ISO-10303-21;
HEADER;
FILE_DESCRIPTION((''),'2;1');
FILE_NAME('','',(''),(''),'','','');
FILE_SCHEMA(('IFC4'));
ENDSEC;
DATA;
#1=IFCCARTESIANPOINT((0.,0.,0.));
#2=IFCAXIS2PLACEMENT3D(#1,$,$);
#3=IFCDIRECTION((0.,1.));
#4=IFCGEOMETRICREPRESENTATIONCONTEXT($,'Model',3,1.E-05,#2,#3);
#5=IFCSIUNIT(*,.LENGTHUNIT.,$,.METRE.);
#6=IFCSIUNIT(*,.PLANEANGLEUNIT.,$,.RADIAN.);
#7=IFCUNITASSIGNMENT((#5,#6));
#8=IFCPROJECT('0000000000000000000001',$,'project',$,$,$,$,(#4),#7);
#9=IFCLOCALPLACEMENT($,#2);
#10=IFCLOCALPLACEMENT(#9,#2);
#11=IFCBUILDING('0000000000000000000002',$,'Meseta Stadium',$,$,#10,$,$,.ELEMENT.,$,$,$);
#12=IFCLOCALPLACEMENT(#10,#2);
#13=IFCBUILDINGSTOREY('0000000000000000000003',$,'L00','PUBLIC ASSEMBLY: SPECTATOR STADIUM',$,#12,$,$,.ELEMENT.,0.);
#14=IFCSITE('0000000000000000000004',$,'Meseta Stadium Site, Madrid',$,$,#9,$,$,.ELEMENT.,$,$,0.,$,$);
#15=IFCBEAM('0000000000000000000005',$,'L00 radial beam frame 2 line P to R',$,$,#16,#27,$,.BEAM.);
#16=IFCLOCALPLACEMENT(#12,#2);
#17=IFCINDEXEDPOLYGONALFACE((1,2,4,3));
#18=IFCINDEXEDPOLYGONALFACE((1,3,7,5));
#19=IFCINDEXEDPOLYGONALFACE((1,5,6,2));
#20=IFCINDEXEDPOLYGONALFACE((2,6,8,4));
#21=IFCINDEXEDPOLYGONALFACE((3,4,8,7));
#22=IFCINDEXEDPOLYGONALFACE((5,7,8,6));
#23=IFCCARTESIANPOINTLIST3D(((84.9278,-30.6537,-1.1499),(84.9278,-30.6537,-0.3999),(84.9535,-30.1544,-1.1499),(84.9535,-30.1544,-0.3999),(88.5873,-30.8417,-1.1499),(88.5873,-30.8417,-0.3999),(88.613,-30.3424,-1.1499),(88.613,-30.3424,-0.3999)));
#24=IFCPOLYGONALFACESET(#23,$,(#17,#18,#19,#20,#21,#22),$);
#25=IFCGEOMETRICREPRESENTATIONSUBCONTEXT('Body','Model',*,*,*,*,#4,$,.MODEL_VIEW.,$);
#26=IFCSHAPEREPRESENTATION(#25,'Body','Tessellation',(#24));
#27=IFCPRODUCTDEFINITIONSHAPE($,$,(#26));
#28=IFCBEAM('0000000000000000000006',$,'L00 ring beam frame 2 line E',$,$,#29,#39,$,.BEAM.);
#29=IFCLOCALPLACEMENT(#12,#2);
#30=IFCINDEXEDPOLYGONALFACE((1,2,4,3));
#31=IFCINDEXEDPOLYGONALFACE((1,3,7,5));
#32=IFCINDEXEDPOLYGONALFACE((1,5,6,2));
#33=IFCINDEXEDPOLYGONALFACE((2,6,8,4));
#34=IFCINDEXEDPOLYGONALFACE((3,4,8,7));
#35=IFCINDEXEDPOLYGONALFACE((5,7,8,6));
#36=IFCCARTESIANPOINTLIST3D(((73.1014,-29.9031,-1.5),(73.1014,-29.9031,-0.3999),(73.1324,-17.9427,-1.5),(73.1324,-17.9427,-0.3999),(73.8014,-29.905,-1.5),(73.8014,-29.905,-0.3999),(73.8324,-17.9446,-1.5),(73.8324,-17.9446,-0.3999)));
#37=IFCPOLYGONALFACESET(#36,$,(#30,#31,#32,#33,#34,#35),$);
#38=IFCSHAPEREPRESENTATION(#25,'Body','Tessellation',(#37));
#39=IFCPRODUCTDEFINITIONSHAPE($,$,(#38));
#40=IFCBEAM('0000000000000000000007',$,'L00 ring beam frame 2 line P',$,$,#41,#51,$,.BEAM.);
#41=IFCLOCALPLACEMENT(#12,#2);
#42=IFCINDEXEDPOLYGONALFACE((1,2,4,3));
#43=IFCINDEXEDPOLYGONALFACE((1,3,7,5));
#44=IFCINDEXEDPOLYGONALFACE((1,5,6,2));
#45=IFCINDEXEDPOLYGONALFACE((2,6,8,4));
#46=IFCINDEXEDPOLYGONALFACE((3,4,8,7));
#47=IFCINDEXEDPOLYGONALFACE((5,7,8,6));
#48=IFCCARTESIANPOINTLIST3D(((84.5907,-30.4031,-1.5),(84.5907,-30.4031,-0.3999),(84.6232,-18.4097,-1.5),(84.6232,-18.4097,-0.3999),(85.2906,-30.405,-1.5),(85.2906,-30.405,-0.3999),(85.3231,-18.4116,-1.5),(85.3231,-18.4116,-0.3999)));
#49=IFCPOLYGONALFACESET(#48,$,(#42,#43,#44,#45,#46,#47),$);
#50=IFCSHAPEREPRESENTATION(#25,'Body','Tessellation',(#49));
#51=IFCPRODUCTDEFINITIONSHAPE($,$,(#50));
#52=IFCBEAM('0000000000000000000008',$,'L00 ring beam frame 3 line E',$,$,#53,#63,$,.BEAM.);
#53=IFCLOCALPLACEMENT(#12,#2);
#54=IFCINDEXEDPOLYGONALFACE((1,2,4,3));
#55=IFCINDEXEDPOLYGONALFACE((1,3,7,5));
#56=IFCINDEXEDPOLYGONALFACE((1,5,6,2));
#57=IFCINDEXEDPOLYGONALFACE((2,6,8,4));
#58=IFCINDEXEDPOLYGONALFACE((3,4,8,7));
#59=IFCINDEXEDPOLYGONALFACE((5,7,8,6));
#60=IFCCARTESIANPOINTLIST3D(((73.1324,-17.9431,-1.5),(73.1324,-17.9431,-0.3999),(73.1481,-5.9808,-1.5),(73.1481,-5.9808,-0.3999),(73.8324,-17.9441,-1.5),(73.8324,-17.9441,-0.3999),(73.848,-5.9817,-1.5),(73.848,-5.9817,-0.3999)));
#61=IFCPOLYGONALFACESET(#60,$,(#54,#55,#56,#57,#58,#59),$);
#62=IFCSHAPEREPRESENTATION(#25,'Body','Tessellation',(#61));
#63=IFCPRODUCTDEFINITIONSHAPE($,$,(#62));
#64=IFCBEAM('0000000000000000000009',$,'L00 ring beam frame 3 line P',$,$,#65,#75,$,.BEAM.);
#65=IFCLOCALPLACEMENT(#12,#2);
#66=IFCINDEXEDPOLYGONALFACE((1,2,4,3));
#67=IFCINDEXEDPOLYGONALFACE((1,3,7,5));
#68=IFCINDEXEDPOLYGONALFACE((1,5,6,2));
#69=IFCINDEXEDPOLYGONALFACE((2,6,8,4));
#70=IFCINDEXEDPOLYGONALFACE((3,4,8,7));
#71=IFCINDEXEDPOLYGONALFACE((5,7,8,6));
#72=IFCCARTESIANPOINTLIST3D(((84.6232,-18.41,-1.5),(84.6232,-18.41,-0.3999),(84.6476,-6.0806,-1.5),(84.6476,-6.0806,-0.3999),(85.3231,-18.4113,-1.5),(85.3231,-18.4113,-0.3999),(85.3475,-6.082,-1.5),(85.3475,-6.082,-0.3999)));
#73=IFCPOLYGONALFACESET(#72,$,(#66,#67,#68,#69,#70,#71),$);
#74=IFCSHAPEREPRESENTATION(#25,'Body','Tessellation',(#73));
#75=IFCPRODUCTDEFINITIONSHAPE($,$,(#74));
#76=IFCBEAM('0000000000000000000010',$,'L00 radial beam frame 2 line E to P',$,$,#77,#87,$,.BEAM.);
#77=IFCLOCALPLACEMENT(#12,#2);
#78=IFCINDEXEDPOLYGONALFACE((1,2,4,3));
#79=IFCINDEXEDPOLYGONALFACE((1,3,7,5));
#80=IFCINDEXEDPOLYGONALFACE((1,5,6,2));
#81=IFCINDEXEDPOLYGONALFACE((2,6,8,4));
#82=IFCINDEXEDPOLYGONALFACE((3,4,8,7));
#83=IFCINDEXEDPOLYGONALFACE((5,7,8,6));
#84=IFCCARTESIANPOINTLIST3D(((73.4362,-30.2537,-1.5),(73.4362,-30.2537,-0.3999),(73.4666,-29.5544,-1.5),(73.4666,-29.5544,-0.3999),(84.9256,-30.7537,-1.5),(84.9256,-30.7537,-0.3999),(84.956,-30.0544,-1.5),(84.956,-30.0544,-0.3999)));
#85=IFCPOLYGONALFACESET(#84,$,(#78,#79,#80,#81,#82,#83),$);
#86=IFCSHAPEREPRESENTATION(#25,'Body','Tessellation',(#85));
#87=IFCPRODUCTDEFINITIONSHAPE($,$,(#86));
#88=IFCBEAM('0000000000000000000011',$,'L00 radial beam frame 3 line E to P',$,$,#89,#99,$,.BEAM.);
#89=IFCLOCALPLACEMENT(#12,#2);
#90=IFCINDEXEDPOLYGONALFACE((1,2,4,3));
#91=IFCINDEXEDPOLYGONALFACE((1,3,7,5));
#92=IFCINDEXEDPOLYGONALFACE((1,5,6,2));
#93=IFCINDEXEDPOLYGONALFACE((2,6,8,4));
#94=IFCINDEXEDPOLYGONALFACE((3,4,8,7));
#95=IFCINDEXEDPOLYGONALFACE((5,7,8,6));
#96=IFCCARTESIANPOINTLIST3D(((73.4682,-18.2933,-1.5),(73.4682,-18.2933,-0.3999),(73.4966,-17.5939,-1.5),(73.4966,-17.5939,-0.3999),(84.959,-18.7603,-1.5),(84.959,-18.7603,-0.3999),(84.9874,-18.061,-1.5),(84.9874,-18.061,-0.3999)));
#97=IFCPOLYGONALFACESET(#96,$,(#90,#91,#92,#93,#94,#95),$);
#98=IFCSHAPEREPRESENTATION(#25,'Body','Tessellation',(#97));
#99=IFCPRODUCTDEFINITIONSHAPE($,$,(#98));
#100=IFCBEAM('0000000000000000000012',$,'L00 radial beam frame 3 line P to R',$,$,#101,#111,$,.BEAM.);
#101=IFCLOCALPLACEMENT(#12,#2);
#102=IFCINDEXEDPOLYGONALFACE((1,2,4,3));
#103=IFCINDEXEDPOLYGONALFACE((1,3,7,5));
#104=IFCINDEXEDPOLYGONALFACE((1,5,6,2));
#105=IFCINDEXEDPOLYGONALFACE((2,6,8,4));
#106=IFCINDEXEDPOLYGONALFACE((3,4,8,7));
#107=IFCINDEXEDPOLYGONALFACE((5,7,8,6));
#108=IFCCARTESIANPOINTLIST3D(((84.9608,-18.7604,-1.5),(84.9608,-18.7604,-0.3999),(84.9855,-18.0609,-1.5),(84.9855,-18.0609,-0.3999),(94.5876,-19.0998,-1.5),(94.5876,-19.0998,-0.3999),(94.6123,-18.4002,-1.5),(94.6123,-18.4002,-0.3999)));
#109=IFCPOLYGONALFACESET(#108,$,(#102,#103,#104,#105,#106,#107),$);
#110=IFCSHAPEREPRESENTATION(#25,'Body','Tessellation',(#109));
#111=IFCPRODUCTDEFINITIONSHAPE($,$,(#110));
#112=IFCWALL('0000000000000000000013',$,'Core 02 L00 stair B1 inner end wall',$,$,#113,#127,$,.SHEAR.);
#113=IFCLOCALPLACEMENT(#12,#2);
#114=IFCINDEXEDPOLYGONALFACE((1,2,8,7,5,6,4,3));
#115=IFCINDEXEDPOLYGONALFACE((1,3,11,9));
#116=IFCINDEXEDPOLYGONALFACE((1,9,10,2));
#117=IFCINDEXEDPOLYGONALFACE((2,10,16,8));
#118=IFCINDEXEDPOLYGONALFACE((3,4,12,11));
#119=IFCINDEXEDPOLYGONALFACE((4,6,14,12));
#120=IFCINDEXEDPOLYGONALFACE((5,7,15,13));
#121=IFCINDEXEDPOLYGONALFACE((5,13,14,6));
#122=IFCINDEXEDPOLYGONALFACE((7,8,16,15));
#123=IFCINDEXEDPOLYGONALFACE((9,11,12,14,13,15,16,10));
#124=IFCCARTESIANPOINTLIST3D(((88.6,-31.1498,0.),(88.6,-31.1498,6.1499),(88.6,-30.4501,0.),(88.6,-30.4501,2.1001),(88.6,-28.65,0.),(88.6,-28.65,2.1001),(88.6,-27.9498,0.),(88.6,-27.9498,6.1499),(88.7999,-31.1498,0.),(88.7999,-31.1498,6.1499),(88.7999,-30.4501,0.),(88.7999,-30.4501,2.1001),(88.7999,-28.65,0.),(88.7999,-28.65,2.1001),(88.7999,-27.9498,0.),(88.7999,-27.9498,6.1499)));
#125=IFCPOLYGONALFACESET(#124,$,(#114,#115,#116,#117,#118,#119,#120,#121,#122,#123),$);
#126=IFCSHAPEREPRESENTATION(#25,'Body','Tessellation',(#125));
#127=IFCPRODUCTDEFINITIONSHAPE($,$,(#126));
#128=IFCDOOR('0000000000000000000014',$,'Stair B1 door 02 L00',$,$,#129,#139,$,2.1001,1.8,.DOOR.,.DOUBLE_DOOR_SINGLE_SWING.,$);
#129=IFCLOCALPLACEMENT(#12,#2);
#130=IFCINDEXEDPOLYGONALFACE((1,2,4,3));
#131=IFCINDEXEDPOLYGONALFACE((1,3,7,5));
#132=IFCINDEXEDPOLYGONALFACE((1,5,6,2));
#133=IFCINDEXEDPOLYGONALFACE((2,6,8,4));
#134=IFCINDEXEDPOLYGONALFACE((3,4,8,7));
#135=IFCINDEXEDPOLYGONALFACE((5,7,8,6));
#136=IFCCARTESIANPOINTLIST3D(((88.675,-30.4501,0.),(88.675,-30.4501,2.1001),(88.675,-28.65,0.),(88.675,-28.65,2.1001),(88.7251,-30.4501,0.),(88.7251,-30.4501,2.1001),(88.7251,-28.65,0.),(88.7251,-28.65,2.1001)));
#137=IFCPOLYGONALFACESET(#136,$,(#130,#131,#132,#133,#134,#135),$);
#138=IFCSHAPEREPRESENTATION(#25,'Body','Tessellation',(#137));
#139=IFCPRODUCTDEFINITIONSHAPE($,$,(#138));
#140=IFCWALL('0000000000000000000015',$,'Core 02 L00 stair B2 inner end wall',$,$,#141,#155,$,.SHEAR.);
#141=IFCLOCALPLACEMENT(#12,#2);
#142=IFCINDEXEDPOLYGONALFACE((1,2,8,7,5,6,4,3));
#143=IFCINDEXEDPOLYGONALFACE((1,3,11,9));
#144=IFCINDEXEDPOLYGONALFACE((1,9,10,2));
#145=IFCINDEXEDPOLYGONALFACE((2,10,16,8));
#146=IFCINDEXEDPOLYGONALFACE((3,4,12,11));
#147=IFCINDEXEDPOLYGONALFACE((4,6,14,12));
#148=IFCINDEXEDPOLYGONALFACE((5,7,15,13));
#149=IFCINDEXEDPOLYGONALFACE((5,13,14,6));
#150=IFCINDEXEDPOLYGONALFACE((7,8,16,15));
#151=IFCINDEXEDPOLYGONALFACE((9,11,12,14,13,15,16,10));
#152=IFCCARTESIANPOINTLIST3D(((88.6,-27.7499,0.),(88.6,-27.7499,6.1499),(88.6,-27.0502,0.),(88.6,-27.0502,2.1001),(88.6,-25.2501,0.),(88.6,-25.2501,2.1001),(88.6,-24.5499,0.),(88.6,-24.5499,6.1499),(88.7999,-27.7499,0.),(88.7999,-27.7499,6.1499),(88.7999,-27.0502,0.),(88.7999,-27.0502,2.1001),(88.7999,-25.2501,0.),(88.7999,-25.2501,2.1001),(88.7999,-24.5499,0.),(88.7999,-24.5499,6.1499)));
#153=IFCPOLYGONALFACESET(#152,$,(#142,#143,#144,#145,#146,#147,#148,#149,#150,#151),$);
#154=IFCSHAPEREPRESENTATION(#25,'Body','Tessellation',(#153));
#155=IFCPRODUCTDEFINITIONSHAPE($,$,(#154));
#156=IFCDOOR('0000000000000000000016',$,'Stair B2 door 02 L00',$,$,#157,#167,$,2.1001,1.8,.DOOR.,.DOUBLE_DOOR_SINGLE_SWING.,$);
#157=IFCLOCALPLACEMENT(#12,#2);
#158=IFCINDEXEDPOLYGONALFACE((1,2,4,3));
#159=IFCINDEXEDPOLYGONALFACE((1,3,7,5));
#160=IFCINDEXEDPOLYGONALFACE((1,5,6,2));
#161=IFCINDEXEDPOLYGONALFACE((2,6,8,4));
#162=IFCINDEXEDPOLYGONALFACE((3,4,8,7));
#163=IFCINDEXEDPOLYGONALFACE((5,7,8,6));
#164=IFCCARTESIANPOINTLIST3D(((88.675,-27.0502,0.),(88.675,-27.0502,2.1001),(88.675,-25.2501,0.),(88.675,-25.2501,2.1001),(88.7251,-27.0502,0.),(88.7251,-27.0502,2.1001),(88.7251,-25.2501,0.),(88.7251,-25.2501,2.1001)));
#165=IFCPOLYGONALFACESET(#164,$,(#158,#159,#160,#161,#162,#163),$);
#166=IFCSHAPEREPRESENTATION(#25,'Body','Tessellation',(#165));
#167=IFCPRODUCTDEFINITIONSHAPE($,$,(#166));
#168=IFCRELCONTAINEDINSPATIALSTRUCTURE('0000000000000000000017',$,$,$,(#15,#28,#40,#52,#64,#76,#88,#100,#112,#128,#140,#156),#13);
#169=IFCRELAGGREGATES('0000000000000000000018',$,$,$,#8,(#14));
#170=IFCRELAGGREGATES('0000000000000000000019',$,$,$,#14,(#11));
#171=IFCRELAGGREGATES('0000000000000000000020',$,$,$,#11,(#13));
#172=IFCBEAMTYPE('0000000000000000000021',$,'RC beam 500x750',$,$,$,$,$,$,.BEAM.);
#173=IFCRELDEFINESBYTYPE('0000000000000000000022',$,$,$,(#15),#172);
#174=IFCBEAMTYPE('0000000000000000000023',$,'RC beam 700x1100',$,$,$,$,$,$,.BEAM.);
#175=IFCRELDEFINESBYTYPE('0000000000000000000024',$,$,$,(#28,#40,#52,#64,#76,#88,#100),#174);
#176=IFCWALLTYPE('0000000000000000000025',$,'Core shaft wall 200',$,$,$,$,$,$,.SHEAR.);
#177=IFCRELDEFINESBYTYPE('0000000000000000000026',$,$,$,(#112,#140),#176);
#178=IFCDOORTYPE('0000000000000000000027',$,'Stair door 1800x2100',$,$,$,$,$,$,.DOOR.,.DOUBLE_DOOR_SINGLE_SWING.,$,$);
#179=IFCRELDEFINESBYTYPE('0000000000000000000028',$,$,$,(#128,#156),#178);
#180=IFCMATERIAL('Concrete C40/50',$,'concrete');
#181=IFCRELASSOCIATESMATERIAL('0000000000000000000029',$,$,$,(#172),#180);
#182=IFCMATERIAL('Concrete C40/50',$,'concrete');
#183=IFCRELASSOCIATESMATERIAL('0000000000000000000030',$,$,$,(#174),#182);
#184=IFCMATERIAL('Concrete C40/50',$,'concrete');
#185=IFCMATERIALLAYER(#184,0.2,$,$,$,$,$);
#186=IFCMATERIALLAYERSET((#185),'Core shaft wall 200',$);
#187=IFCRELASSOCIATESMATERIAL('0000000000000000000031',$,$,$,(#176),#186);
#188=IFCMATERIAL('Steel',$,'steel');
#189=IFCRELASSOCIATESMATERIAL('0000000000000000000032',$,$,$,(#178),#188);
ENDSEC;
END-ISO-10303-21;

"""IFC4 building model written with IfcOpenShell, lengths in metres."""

from ifc_helpers import new_model, si_unit, direction, frame, frame_2d, origin, origin_2d, place, context, subcontext, project, spatial, rectangle, extrude, material, layer, layer_set, material_profile, profile_set, type_object, element, fill, save


model = new_model("IFC4")

# Units and contexts
model_context = context("Model", 3, precision=1e-05, world=origin(), true_north=direction((0.0, 1.0)))
body_context = subcontext(model_context, "Body", "Model", "MODEL_VIEW")
ifc_project = project(units=[si_unit("LENGTHUNIT", "METRE"), si_unit("PLANEANGLEUNIT", "RADIAN")], contexts=[model_context])

# Site, building, storey
site_placement = place(None, origin())
site = spatial("IfcSite", under=ifc_project, at=site_placement, Name="Meseta Stadium Site, Madrid", CompositionType="ELEMENT", RefElevation=0.0)
building_placement = place(site_placement, origin())
building = spatial("IfcBuilding", under=site, at=building_placement, Name="Meseta Stadium", CompositionType="ELEMENT")
storey_placement = place(building_placement, origin())
storey = spatial("IfcBuildingStorey", under=building, at=storey_placement, Name="L00", Description="PUBLIC ASSEMBLY: SPECTATOR STADIUM", CompositionType="ELEMENT", Elevation=0.0)

# Beams
ifc_material_1 = material(Name="Concrete C40/50", Category="concrete")
ifc_material_profile_1 = material_profile(ifc_material_1, rectangle(XDim=0.5, YDim=0.75, at=origin_2d()), Name="RC 500x750")
ifc_profile_set_1 = profile_set([ifc_material_profile_1], Name="Concrete C40/50")
beam_type_1 = type_object("IfcBeamType", Name="RC beam 500x750", PredefinedType="BEAM", material=ifc_profile_set_1)
beam_1_placement = place(storey_placement, frame((84.9407, -30.4041, -0.7749), z_axis=(0.998683, -0.051303, 0.0), x_axis=(0.051303, 0.998683, 0.0)))
element("IfcBeam", 1, at=beam_1_placement, inside=storey, type_object=beam_type_1, Name="L00 radial beam frame 2 line P to R", PredefinedType="BEAM", context=body_context, shape_type="SweptSolid", body=[
    extrude(rectangle(XDim=0.5, YDim=0.75, at=origin_2d()), origin(), (0.0, 0.0, 1.0), 3.6643),
])
ifc_material_2 = material(Name="Concrete C40/50", Category="concrete")
ifc_material_profile_2 = material_profile(ifc_material_2, rectangle(XDim=0.7, YDim=1.1001, at=origin_2d()), Name="RC 700x1100")
ifc_profile_set_2 = profile_set([ifc_material_profile_2], Name="Concrete C40/50")
beam_type_2 = type_object("IfcBeamType", Name="RC beam 700x1100", PredefinedType="BEAM", material=ifc_profile_set_2)
beam_2_placement = place(storey_placement, frame((73.4514, -29.9041, -0.95), z_axis=(0.002592, 0.999997, 0.0), x_axis=(-0.999997, 0.002592, 0.0)))
element("IfcBeam", 2, at=beam_2_placement, inside=storey, type_object=beam_type_2, Name="L00 ring beam frame 2 line E", PredefinedType="BEAM", context=body_context, shape_type="SweptSolid", body=[
    extrude(rectangle(XDim=0.7, YDim=1.1001, at=origin_2d()), origin(), (0.0, 0.0, 1.0), 11.9604),
])
beam_3_placement = place(storey_placement, frame((84.9407, -30.4041, -0.95), z_axis=(0.002707, 0.999996, 0.0), x_axis=(-0.999996, 0.002707, 0.0)))
element("IfcBeam", 3, at=beam_3_placement, inside=storey, type_object=beam_type_2, Name="L00 ring beam frame 2 line P", PredefinedType="BEAM", context=body_context, shape_type="SweptSolid", body=[
    extrude(rectangle(XDim=0.7, YDim=1.1001, at=origin_2d()), origin(), (0.0, 0.0, 1.0), 11.9934),
])
beam_4_placement = place(storey_placement, frame((73.4824, -17.9436, -0.95), z_axis=(0.001306, 0.999999, 0.0), x_axis=(-0.999999, 0.001306, 0.0)))
element("IfcBeam", 4, at=beam_4_placement, inside=storey, type_object=beam_type_2, Name="L00 ring beam frame 3 line E", PredefinedType="BEAM", context=body_context, shape_type="SweptSolid", body=[
    extrude(rectangle(XDim=0.7, YDim=1.1001, at=origin_2d()), origin(), (0.0, 0.0, 1.0), 11.9624),
])
beam_5_placement = place(storey_placement, frame((84.9731, -18.4106, -0.95), z_axis=(0.00198, 0.999998, 0.0), x_axis=(-0.999998, 0.00198, 0.0)))
element("IfcBeam", 5, at=beam_5_placement, inside=storey, type_object=beam_type_2, Name="L00 ring beam frame 3 line P", PredefinedType="BEAM", context=body_context, shape_type="SweptSolid", body=[
    extrude(rectangle(XDim=0.7, YDim=1.1001, at=origin_2d()), origin(), (0.0, 0.0, 1.0), 12.3293),
])
for number, where, z_axis, x_axis, name in (
    (6, (73.4514, -29.9041, -0.95), (0.999054, -0.043478, 0.0), (0.043478, 0.999054, 0.0), "L00 radial beam frame 2 line E to P"),
    (7, (73.4824, -17.9436, -0.95), (0.999175, -0.040612, 0.0), (0.040612, 0.999175, 0.0), "L00 radial beam frame 3 line E to P"),
):
    element("IfcBeam", number, at=place(storey_placement, frame(where, z_axis=z_axis, x_axis=x_axis)), inside=storey, type_object=beam_type_2, Name=name, PredefinedType="BEAM", context=body_context, shape_type="SweptSolid", body=[
        extrude(rectangle(XDim=0.7, YDim=1.1001, at=origin_2d()), origin(), (0.0, 0.0, 1.0), 11.5002),
    ])
beam_6_placement = place(storey_placement, frame((84.9731, -18.4106, -0.95), z_axis=(0.999379, -0.035229, 0.0), x_axis=(0.035229, 0.999379, 0.0)))
element("IfcBeam", 8, at=beam_6_placement, inside=storey, type_object=beam_type_2, Name="L00 radial beam frame 3 line P to R", PredefinedType="BEAM", context=body_context, shape_type="SweptSolid", body=[
    extrude(rectangle(XDim=0.7, YDim=1.1001, at=origin_2d()), origin(), (0.0, 0.0, 1.0), 9.6328),
])

# Walls, openings, doors
ifc_material_3 = material(Name="Concrete C40/50", Category="concrete")
ifc_layer_1 = layer(ifc_material_3, 0.2)
ifc_layer_set_1 = layer_set([ifc_layer_1], Name="Core shaft wall 200")
wall_type_1 = type_object("IfcWallType", Name="Core shaft wall 200", PredefinedType="SHEAR", material=ifc_layer_set_1)
wall_1_placement = place(storey_placement, frame((88.7, -31.1499, 0.0), z_axis=(0.0, 0.0, 1.0), x_axis=(0.0, 1.0, 0.0)))
wall_1 = element("IfcWall", 9, at=wall_1_placement, inside=storey, type_object=wall_type_1, Name="Core 02 L00 stair B1 inner end wall", PredefinedType="SHEAR", context=body_context, shape_type="SweptSolid", body=[
    extrude(rectangle(XDim=3.2, YDim=0.2, at=frame_2d((1.6001, 0.0))), origin(), (0.0, 0.0, 1.0), 6.1499),
])
opening_1_placement = place(wall_1_placement, frame((0.7, 0.0, 0.0)))
opening_1 = element("IfcOpeningElement", 10, at=opening_1_placement, cuts=wall_1, PredefinedType="OPENING", context=body_context, shape_type="SweptSolid", body=[
    extrude(rectangle(XDim=1.8, YDim=2.1001, at=frame_2d((0.8999, 1.05))), frame((0.0, 0.1099, 0.0), z_axis=(0.0, -1.0, 0.0), x_axis=(1.0, 0.0, 0.0)), (0.0, 0.0, 1.0), 0.22),
])
ifc_material_4 = material(Name="Steel", Category="steel")
door_type = type_object("IfcDoorType", Name="Stair door 1800x2100", OperationType="DOUBLE_DOOR_SINGLE_SWING", PredefinedType="DOOR", material=ifc_material_4)
door_1_placement = place(opening_1_placement, origin())
door_1 = element("IfcDoor", 11, at=door_1_placement, inside=storey, type_object=door_type, Name="Stair B1 door 02 L00", OperationType="DOUBLE_DOOR_SINGLE_SWING", OverallHeight=2.1001, OverallWidth=1.8, PredefinedType="DOOR", context=body_context, shape_type="SweptSolid", body=[
    extrude(rectangle(XDim=1.8, YDim=2.1001, at=frame_2d((0.8999, 1.05))), frame((0.0, 0.0249, 0.0), z_axis=(0.0, -1.0, 0.0), x_axis=(1.0, 0.0, 0.0)), (0.0, 0.0, 1.0), 0.05),
])
fill(opening_1, door_1)
wall_2_placement = place(storey_placement, frame((88.7, -27.75, 0.0), z_axis=(0.0, 0.0, 1.0), x_axis=(0.0, 1.0, 0.0)))
wall_2 = element("IfcWall", 12, at=wall_2_placement, inside=storey, type_object=wall_type_1, Name="Core 02 L00 stair B2 inner end wall", PredefinedType="SHEAR", context=body_context, shape_type="SweptSolid", body=[
    extrude(rectangle(XDim=3.2, YDim=0.2, at=frame_2d((1.6001, 0.0))), origin(), (0.0, 0.0, 1.0), 6.1499),
])
opening_2_placement = place(wall_2_placement, frame((0.7, 0.0, 0.0)))
opening_2 = element("IfcOpeningElement", 13, at=opening_2_placement, cuts=wall_2, PredefinedType="OPENING", context=body_context, shape_type="SweptSolid", body=[
    extrude(rectangle(XDim=1.8, YDim=2.1001, at=frame_2d((0.8999, 1.05))), frame((0.0, 0.1099, 0.0), z_axis=(0.0, -1.0, 0.0), x_axis=(1.0, 0.0, 0.0)), (0.0, 0.0, 1.0), 0.22),
])
door_2_placement = place(opening_2_placement, origin())
door_2 = element("IfcDoor", 14, at=door_2_placement, inside=storey, type_object=door_type, Name="Stair B2 door 02 L00", OperationType="DOUBLE_DOOR_SINGLE_SWING", OverallHeight=2.1001, OverallWidth=1.8, PredefinedType="DOOR", context=body_context, shape_type="SweptSolid", body=[
    extrude(rectangle(XDim=1.8, YDim=2.1001, at=frame_2d((0.8999, 1.05))), frame((0.0, 0.0249, 0.0), z_axis=(0.0, -1.0, 0.0), x_axis=(1.0, 0.0, 0.0)), (0.0, 0.0, 1.0), 0.05),
])
fill(opening_2, door_2)

save(model, "model.ifc")
